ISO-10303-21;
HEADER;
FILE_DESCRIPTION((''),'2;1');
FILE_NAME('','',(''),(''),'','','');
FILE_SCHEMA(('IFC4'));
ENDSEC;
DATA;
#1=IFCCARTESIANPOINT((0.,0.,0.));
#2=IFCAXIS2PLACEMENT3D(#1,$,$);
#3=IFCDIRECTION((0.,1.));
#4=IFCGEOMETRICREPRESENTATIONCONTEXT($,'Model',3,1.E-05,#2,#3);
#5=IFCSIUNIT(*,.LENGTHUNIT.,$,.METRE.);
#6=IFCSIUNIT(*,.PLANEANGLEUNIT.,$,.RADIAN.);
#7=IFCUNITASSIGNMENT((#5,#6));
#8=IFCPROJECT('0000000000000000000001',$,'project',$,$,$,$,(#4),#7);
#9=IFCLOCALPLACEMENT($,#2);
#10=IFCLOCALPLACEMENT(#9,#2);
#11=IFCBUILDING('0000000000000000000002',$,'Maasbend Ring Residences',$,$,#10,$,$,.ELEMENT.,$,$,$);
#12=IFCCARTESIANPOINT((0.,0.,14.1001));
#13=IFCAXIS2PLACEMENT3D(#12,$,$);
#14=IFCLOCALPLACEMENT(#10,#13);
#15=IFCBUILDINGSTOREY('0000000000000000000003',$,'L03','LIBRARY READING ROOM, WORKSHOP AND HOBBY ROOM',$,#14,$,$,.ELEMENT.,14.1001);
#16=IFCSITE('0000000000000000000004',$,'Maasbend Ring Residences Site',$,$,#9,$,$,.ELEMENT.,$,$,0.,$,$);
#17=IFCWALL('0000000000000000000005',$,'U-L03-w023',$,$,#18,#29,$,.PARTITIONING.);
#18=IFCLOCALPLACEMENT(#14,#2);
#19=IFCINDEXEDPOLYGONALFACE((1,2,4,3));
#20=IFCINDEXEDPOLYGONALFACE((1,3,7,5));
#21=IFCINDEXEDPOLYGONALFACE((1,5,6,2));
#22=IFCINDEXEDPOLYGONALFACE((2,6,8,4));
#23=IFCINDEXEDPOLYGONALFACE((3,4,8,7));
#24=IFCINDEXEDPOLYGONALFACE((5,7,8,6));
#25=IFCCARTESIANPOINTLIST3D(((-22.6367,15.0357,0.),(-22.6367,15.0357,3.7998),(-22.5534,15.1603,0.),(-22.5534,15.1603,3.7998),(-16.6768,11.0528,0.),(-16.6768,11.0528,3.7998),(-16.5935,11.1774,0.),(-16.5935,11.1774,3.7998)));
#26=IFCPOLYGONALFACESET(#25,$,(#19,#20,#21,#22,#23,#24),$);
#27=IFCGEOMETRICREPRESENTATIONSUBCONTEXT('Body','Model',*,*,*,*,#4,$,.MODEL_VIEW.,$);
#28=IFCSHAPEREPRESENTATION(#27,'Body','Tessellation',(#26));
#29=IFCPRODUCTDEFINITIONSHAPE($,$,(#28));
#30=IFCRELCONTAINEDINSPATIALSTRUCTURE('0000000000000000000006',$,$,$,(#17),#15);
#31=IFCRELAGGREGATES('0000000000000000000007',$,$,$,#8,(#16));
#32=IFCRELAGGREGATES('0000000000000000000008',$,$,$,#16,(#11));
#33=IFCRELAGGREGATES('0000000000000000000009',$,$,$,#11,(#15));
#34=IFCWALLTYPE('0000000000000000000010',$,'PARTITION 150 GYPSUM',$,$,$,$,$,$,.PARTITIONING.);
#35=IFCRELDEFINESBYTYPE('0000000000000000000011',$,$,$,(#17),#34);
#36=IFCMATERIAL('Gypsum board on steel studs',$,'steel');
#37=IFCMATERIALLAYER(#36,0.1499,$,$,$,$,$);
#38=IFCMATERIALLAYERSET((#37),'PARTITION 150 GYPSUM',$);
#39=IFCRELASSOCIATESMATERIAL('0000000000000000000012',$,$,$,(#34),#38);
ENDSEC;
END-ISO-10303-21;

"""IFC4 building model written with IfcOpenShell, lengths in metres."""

from ifc_helpers import new_model, si_unit, direction, frame, frame_2d, origin, place, context, subcontext, project, spatial, rectangle, extrude, material, layer, layer_set, type_object, element, save


model = new_model("IFC4")

# Units and contexts
model_context = context("Model", 3, precision=1e-05, world=origin(), true_north=direction((0.0, 1.0)))
body_context = subcontext(model_context, "Body", "Model", "MODEL_VIEW")
ifc_project = project(units=[si_unit("LENGTHUNIT", "METRE"), si_unit("PLANEANGLEUNIT", "RADIAN")], contexts=[model_context])

# Site, building, storey
site_placement = place(None, origin())
site = spatial("IfcSite", under=ifc_project, at=site_placement, Name="Maasbend Ring Residences Site", CompositionType="ELEMENT", RefElevation=0.0)
building_placement = place(site_placement, origin())
building = spatial("IfcBuilding", under=site, at=building_placement, Name="Maasbend Ring Residences", CompositionType="ELEMENT")
storey_placement = place(building_placement, frame((0.0, 0.0, 14.1001)))
storey = spatial("IfcBuildingStorey", under=building, at=storey_placement, Name="L03", Description="LIBRARY READING ROOM, WORKSHOP AND HOBBY ROOM", CompositionType="ELEMENT", Elevation=14.1001)

# Wall
ifc_material_1 = material(Name="Gypsum board on steel studs", Category="steel")
ifc_layer_1 = layer(ifc_material_1, 0.1499)
ifc_layer_set_1 = layer_set([ifc_layer_1], Name="PARTITION 150 GYPSUM")
wall_type_1 = type_object("IfcWallType", Name="PARTITION 150 GYPSUM", PredefinedType="PARTITIONING", material=ifc_layer_set_1)
wall_1_placement = place(storey_placement, frame((-22.595, 15.0979, 0.0), z_axis=(0.0, 0.0, 1.0), x_axis=(0.831431, -0.555627, 0.0)))
element("IfcWall", 1, at=wall_1_placement, inside=storey, type_object=wall_type_1, Name="U-L03-w023", PredefinedType="PARTITIONING", context=body_context, shape_type="SweptSolid", body=[
    extrude(rectangle(XDim=7.1682, YDim=0.1499, at=frame_2d((3.584, 0.0))), origin(), (0.0, 0.0, 1.0), 3.7998),
])

save(model, "model.ifc")
